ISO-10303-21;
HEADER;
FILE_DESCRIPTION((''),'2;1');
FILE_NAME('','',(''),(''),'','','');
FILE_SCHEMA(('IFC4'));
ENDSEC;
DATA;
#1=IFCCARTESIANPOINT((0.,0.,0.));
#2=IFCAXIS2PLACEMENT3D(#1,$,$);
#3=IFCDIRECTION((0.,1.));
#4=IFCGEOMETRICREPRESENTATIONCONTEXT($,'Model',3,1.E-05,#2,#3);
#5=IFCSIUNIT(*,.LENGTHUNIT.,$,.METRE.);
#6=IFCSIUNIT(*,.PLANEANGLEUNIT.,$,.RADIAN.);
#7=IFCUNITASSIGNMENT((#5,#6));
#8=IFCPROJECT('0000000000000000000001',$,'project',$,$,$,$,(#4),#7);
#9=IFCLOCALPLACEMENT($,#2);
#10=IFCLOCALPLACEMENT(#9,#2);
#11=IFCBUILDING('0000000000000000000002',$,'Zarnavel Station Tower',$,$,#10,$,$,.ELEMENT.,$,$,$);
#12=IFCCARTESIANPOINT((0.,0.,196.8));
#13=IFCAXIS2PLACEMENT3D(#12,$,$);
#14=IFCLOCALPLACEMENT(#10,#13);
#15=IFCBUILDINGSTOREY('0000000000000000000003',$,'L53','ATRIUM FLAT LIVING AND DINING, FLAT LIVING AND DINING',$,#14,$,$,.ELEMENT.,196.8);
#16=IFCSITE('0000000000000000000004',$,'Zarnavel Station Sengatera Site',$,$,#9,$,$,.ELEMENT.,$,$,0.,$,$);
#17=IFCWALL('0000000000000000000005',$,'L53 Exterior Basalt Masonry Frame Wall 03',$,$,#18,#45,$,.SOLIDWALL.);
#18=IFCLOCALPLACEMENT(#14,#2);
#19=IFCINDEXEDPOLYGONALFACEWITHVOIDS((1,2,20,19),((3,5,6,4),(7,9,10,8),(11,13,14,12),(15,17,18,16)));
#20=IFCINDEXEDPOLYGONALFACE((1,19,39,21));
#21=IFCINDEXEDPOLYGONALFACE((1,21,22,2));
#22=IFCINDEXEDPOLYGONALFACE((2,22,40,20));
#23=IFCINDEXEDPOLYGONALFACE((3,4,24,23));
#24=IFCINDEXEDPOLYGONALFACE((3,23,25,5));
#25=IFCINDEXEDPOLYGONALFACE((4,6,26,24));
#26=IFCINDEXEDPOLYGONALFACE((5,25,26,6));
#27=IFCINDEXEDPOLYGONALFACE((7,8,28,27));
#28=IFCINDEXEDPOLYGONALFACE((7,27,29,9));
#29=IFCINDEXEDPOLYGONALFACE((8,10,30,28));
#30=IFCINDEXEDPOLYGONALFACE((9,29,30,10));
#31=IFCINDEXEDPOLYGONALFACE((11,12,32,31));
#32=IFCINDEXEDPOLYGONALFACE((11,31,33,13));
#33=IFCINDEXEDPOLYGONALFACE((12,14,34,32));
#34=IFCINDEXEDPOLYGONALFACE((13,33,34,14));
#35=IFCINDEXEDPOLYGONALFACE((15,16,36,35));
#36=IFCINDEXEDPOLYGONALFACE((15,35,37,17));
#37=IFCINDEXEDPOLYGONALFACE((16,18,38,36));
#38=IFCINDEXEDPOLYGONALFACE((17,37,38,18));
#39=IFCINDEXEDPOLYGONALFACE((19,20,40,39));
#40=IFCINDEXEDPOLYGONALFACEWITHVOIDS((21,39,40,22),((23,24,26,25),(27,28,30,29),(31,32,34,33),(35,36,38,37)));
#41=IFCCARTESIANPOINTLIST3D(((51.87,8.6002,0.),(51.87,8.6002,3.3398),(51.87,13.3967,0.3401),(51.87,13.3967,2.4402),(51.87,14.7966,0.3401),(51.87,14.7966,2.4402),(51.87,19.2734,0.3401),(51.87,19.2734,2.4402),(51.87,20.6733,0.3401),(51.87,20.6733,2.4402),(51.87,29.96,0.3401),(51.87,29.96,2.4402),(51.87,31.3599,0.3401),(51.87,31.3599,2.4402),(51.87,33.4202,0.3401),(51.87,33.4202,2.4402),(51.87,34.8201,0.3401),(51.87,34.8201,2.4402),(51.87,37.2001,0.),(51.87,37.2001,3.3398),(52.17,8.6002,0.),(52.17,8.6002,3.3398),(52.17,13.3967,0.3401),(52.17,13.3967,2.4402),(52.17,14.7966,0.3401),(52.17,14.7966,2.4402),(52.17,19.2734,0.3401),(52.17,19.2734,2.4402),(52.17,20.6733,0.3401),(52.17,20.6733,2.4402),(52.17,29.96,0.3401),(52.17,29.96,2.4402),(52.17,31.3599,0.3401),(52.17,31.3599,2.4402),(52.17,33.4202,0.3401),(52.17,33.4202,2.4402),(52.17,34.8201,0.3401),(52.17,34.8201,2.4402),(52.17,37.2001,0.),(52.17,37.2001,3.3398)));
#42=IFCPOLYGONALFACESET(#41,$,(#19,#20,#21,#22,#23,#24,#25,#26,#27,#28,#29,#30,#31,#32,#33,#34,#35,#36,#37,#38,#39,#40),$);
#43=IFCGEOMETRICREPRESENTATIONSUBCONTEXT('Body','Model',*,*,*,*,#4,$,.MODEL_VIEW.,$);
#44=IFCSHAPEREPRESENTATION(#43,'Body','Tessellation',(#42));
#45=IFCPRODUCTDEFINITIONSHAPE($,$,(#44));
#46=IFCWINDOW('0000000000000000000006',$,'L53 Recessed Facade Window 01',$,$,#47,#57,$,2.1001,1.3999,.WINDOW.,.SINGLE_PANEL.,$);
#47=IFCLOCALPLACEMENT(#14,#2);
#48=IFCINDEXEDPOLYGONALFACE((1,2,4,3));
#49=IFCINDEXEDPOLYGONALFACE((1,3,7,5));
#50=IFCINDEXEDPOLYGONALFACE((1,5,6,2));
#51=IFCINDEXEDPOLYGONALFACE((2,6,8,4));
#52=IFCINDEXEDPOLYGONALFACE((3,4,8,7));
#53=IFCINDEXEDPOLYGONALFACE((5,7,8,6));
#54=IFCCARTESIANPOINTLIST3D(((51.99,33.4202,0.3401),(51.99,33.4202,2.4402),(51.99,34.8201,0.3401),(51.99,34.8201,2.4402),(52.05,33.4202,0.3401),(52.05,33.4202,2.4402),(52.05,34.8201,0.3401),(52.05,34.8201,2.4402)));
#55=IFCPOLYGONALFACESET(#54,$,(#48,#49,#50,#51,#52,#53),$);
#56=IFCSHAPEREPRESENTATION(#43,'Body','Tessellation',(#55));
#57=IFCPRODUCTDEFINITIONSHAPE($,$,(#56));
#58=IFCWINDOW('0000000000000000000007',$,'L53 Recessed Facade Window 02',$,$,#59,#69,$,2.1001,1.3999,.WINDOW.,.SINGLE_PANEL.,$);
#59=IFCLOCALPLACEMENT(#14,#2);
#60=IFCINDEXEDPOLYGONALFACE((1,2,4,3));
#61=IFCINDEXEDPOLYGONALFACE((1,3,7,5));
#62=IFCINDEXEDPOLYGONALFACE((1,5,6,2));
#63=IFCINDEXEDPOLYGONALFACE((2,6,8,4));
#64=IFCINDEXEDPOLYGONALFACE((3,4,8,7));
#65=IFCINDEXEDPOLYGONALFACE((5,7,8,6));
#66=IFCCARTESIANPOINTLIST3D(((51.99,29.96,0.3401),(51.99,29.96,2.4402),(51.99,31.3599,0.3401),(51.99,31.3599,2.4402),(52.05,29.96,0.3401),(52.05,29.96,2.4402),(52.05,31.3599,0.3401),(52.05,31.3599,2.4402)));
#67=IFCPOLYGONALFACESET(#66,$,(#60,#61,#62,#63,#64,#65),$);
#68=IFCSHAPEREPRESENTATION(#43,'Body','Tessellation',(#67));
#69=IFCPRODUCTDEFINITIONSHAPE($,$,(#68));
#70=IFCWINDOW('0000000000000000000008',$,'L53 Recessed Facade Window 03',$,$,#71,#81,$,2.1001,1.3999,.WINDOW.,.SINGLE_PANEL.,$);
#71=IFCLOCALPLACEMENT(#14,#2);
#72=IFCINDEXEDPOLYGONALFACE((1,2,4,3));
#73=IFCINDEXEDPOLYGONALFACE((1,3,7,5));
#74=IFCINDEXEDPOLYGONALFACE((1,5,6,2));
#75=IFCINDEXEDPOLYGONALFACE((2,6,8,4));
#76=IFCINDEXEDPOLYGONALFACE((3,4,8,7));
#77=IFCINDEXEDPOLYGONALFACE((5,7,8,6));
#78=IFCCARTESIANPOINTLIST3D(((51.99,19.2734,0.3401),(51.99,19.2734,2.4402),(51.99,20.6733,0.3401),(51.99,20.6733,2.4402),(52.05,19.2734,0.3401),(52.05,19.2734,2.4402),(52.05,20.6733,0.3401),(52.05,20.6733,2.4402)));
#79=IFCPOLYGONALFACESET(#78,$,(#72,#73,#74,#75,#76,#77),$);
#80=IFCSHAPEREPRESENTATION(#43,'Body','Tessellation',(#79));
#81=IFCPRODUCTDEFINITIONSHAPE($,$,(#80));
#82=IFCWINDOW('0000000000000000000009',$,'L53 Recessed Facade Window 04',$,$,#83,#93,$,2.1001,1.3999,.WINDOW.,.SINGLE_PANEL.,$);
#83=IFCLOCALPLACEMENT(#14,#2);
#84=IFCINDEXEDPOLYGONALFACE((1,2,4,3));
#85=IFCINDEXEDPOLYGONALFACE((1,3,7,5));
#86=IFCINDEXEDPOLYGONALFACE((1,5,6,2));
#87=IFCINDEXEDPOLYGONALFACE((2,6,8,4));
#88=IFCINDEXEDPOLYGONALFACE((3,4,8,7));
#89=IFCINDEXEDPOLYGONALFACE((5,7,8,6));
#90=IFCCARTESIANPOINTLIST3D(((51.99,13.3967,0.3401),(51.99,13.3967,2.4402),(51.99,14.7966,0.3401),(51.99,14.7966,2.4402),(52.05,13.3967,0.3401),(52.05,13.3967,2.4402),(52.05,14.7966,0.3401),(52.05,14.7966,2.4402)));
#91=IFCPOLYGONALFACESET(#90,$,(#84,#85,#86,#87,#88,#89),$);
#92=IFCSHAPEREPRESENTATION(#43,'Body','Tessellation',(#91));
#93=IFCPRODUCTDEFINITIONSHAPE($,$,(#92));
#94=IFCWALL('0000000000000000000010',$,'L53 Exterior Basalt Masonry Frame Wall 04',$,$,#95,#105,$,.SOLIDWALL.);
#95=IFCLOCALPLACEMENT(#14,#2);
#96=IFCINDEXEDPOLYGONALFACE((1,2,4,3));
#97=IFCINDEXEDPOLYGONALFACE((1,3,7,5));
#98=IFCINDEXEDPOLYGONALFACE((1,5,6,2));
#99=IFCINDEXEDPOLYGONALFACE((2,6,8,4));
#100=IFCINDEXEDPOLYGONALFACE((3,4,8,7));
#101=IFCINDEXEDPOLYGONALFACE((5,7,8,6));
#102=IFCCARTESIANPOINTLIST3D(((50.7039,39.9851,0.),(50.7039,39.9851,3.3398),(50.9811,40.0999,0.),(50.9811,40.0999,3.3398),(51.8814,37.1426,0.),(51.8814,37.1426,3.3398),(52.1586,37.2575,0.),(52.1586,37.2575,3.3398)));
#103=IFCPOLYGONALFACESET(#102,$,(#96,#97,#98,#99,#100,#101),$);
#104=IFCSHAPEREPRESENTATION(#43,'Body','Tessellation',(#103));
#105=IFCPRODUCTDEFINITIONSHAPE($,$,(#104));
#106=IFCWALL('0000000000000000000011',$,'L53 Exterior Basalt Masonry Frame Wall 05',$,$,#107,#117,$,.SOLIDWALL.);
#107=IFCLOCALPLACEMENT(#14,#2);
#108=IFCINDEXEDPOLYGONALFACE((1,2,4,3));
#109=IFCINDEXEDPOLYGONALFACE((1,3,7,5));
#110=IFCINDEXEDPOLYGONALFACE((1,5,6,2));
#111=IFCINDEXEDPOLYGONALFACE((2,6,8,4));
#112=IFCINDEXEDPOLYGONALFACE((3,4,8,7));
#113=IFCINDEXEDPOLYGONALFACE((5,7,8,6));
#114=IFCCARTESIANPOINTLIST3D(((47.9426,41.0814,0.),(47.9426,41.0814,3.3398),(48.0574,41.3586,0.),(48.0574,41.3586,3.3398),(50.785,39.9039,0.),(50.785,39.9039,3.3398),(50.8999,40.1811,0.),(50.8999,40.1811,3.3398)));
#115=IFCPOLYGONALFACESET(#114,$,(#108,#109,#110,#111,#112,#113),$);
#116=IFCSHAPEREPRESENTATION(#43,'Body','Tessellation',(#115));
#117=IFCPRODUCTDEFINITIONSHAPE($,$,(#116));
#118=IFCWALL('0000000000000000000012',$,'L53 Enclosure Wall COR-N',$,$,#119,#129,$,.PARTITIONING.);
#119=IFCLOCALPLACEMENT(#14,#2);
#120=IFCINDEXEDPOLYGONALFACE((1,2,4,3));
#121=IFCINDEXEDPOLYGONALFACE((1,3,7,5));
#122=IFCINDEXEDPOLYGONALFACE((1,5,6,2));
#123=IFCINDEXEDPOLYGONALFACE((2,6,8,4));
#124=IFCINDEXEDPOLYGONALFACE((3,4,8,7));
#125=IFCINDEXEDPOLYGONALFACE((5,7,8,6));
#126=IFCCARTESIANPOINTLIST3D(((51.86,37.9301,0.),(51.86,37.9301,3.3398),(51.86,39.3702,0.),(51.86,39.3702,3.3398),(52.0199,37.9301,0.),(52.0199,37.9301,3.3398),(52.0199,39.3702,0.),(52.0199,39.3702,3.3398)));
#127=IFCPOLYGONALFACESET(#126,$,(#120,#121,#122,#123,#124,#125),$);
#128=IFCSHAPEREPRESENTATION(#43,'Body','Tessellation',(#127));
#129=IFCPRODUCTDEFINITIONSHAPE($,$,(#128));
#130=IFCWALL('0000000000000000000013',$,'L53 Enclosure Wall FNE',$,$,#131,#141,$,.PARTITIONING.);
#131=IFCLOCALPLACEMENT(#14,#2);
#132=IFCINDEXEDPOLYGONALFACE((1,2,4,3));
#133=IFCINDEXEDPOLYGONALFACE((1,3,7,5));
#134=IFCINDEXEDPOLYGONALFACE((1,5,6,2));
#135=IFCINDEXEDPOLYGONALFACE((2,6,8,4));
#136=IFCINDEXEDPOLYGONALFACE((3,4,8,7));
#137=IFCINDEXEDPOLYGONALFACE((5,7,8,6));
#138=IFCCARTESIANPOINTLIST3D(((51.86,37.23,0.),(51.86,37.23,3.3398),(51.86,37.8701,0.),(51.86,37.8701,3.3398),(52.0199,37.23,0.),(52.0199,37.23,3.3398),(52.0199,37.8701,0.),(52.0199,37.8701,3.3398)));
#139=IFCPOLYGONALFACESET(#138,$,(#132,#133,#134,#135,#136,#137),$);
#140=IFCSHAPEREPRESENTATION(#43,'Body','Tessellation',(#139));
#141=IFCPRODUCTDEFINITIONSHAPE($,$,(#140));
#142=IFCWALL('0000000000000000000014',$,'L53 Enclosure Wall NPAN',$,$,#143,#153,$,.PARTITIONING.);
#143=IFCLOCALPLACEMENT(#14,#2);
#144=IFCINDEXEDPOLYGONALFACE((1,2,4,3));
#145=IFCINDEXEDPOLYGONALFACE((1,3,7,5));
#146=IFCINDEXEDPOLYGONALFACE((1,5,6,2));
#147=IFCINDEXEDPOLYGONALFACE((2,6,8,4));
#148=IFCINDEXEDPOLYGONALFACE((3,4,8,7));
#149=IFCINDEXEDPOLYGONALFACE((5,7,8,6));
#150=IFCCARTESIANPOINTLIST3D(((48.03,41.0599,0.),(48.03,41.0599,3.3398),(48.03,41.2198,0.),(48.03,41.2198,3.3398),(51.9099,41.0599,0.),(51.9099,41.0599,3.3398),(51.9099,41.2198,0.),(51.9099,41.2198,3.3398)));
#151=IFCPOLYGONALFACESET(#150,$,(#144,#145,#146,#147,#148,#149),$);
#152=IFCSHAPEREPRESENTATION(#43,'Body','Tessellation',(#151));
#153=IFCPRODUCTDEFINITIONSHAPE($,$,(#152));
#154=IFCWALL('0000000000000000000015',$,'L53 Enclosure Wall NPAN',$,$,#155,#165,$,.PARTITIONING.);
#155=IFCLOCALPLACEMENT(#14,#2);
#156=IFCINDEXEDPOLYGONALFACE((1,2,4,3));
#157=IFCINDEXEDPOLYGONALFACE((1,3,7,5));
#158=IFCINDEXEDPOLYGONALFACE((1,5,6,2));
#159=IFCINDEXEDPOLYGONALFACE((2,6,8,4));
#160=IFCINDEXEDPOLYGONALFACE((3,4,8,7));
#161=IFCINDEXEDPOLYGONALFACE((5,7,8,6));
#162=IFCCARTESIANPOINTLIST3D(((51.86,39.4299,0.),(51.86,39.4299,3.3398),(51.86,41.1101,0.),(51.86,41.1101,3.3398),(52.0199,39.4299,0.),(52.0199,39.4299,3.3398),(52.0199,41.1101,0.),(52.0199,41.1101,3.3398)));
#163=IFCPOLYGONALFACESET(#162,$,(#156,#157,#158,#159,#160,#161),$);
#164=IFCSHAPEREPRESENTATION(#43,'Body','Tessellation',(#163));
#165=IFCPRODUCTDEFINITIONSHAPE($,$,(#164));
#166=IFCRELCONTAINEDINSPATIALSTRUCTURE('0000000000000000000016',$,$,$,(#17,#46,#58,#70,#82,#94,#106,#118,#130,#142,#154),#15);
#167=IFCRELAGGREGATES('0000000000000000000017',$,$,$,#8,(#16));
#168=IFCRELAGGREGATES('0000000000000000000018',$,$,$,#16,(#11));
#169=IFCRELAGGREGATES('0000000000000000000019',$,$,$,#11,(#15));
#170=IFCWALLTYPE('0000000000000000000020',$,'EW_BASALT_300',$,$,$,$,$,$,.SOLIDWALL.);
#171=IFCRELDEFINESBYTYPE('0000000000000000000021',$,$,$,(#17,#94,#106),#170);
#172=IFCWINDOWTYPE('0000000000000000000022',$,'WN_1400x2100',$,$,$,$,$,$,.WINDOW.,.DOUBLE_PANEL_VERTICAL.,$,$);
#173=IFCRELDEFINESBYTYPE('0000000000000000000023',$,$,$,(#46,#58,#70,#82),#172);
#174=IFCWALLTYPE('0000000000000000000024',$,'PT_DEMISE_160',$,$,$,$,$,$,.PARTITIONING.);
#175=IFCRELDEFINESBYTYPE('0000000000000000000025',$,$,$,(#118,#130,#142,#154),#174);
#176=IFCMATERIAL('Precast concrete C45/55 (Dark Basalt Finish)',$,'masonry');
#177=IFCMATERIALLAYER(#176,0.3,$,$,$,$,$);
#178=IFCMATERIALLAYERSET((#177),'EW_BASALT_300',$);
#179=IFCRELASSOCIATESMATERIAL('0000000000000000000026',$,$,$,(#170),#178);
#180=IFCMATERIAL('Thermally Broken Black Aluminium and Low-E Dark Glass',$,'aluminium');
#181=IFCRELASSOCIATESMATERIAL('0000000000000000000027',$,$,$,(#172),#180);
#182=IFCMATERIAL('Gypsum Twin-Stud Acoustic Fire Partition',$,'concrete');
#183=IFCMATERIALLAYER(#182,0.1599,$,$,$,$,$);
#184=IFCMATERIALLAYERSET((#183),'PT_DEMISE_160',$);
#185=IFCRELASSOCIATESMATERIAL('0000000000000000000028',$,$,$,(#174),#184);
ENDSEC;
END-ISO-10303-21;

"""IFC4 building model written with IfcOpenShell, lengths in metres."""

from ifc_helpers import new_model, si_unit, direction, frame, frame_2d, origin, place, context, subcontext, project, spatial, rectangle, extrude, material, layer, layer_set, type_object, element, fill, save


model = new_model("IFC4")

# Units and contexts
model_context = context("Model", 3, precision=1e-05, world=origin(), true_north=direction((0.0, 1.0)))
body_context = subcontext(model_context, "Body", "Model", "MODEL_VIEW")
ifc_project = project(units=[si_unit("LENGTHUNIT", "METRE"), si_unit("PLANEANGLEUNIT", "RADIAN")], contexts=[model_context])

# Site, building, storey
site_placement = place(None, origin())
site = spatial("IfcSite", under=ifc_project, at=site_placement, Name="Zarnavel Station Sengatera Site", CompositionType="ELEMENT", RefElevation=0.0)
building_placement = place(site_placement, origin())
building = spatial("IfcBuilding", under=site, at=building_placement, Name="Zarnavel Station Tower", CompositionType="ELEMENT")
storey_placement = place(building_placement, frame((0.0, 0.0, 196.8)))
storey = spatial("IfcBuildingStorey", under=building, at=storey_placement, Name="L53", Description="ATRIUM FLAT LIVING AND DINING, FLAT LIVING AND DINING", CompositionType="ELEMENT", Elevation=196.8)

# Wall, openings, windows
ifc_material_1 = material(Name="Precast concrete C45/55 (Dark Basalt Finish)", Category="masonry")
ifc_layer_1 = layer(ifc_material_1, 0.3)
ifc_layer_set_1 = layer_set([ifc_layer_1], Name="EW_BASALT_300")
wall_type_1 = type_object("IfcWallType", Name="EW_BASALT_300", PredefinedType="SOLIDWALL", material=ifc_layer_set_1)
wall_1_placement = place(storey_placement, frame((52.02, 37.2, 0.0), z_axis=(0.0, 0.0, 1.0), x_axis=(0.0, -1.0, 0.0)))
wall_1 = element("IfcWall", 1, at=wall_1_placement, inside=storey, type_object=wall_type_1, Name="L53 Exterior Basalt Masonry Frame Wall 03", PredefinedType="SOLIDWALL", context=body_context, shape_type="SweptSolid", body=[
    extrude(rectangle(XDim=28.5999, YDim=0.3, at=frame_2d((14.2998, 0.0))), origin(), (0.0, 0.0, 1.0), 3.3398),
])
opening_1_placement = place(wall_1_placement, frame((2.3799, 0.0, 0.3401)))
opening_1 = element("IfcOpeningElement", 2, at=opening_1_placement, cuts=wall_1, PredefinedType="OPENING", context=body_context, shape_type="SweptSolid", body=[
    extrude(rectangle(XDim=1.3999, YDim=2.1001, at=frame_2d((0.7, 1.05))), frame((0.0, 0.1599, 0.0), z_axis=(0.0, -1.0, 0.0), x_axis=(1.0, 0.0, 0.0)), (0.0, 0.0, 1.0), 0.3201),
])
opening_2_placement = place(wall_1_placement, frame((5.8401, 0.0, 0.3401)))
opening_2 = element("IfcOpeningElement", 3, at=opening_2_placement, cuts=wall_1, PredefinedType="OPENING", context=body_context, shape_type="SweptSolid", body=[
    extrude(rectangle(XDim=1.3999, YDim=2.1001, at=frame_2d((0.7, 1.05))), frame((0.0, 0.1599, 0.0), z_axis=(0.0, -1.0, 0.0), x_axis=(1.0, 0.0, 0.0)), (0.0, 0.0, 1.0), 0.3201),
])
opening_3_placement = place(wall_1_placement, frame((16.5266, 0.0, 0.3401)))
opening_3 = element("IfcOpeningElement", 4, at=opening_3_placement, cuts=wall_1, PredefinedType="OPENING", context=body_context, shape_type="SweptSolid", body=[
    extrude(rectangle(XDim=1.3999, YDim=2.1001, at=frame_2d((0.7, 1.05))), frame((0.0, 0.1599, 0.0), z_axis=(0.0, -1.0, 0.0), x_axis=(1.0, 0.0, 0.0)), (0.0, 0.0, 1.0), 0.3201),
])
opening_4_placement = place(wall_1_placement, frame((22.4033, 0.0, 0.3401)))
opening_4 = element("IfcOpeningElement", 5, at=opening_4_placement, cuts=wall_1, PredefinedType="OPENING", context=body_context, shape_type="SweptSolid", body=[
    extrude(rectangle(XDim=1.3999, YDim=2.1001, at=frame_2d((0.7, 1.05))), frame((0.0, 0.1599, 0.0), z_axis=(0.0, -1.0, 0.0), x_axis=(1.0, 0.0, 0.0)), (0.0, 0.0, 1.0), 0.3201),
])
ifc_material_2 = material(Name="Thermally Broken Black Aluminium and Low-E Dark Glass", Category="aluminium")
window_type = type_object("IfcWindowType", Name="WN_1400x2100", PartitioningType="DOUBLE_PANEL_VERTICAL", PredefinedType="WINDOW", material=ifc_material_2)
window_1_placement = place(opening_1_placement, origin())
window_1 = element("IfcWindow", 6, at=window_1_placement, inside=storey, type_object=window_type, Name="L53 Recessed Facade Window 01", OverallHeight=2.1001, OverallWidth=1.3999, PartitioningType="SINGLE_PANEL", PredefinedType="WINDOW", context=body_context, shape_type="SweptSolid", body=[
    extrude(rectangle(XDim=1.3999, YDim=2.1001, at=frame_2d((0.7, 1.05))), frame((0.0, 0.03, 0.0), z_axis=(0.0, -1.0, 0.0), x_axis=(1.0, 0.0, 0.0)), (0.0, 0.0, 1.0), 0.0601),
])
fill(opening_1, window_1)
window_2_placement = place(opening_2_placement, origin())
window_2 = element("IfcWindow", 7, at=window_2_placement, inside=storey, type_object=window_type, Name="L53 Recessed Facade Window 02", OverallHeight=2.1001, OverallWidth=1.3999, PartitioningType="SINGLE_PANEL", PredefinedType="WINDOW", context=body_context, shape_type="SweptSolid", body=[
    extrude(rectangle(XDim=1.3999, YDim=2.1001, at=frame_2d((0.7, 1.05))), frame((0.0, 0.03, 0.0), z_axis=(0.0, -1.0, 0.0), x_axis=(1.0, 0.0, 0.0)), (0.0, 0.0, 1.0), 0.0601),
])
fill(opening_2, window_2)
window_3_placement = place(opening_3_placement, origin())
window_3 = element("IfcWindow", 8, at=window_3_placement, inside=storey, type_object=window_type, Name="L53 Recessed Facade Window 03", OverallHeight=2.1001, OverallWidth=1.3999, PartitioningType="SINGLE_PANEL", PredefinedType="WINDOW", context=body_context, shape_type="SweptSolid", body=[
    extrude(rectangle(XDim=1.3999, YDim=2.1001, at=frame_2d((0.7, 1.05))), frame((0.0, 0.03, 0.0), z_axis=(0.0, -1.0, 0.0), x_axis=(1.0, 0.0, 0.0)), (0.0, 0.0, 1.0), 0.0601),
])
fill(opening_3, window_3)
window_4_placement = place(opening_4_placement, origin())
window_4 = element("IfcWindow", 9, at=window_4_placement, inside=storey, type_object=window_type, Name="L53 Recessed Facade Window 04", OverallHeight=2.1001, OverallWidth=1.3999, PartitioningType="SINGLE_PANEL", PredefinedType="WINDOW", context=body_context, shape_type="SweptSolid", body=[
    extrude(rectangle(XDim=1.3999, YDim=2.1001, at=frame_2d((0.7, 1.05))), frame((0.0, 0.03, 0.0), z_axis=(0.0, -1.0, 0.0), x_axis=(1.0, 0.0, 0.0)), (0.0, 0.0, 1.0), 0.0601),
])
fill(opening_4, window_4)

# Walls
for number, where, z_axis, x_axis, name in (
    (10, (50.8425, 40.0425, 0.0), (0.0, 0.0, 1.0), (0.382705, -0.923871, 0.0), "L53 Exterior Basalt Masonry Frame Wall 04"),
    (11, (48.0, 41.22, 0.0), (0.0, 0.0, 1.0), (0.923871, -0.382705, 0.0), "L53 Exterior Basalt Masonry Frame Wall 05"),
):
    element("IfcWall", number, at=place(storey_placement, frame(where, z_axis=z_axis, x_axis=x_axis)), inside=storey, type_object=wall_type_1, Name=name, PredefinedType="SOLIDWALL", context=body_context, shape_type="SweptSolid", body=[
        extrude(rectangle(XDim=3.0767, YDim=0.3, at=frame_2d((1.5383, 0.0))), origin(), (0.0, 0.0, 1.0), 3.3398),
    ])
ifc_material_3 = material(Name="Gypsum Twin-Stud Acoustic Fire Partition", Category="concrete")
ifc_layer_2 = layer(ifc_material_3, 0.1599)
ifc_layer_set_2 = layer_set([ifc_layer_2], Name="PT_DEMISE_160")
wall_type_2 = type_object("IfcWallType", Name="PT_DEMISE_160", PredefinedType="PARTITIONING", material=ifc_layer_set_2)
wall_2_placement = place(storey_placement, frame((51.9399, 37.9299, 0.0), z_axis=(0.0, 0.0, 1.0), x_axis=(0.0, 1.0, 0.0)))
element("IfcWall", 12, at=wall_2_placement, inside=storey, type_object=wall_type_2, Name="L53 Enclosure Wall COR-N", PredefinedType="PARTITIONING", context=body_context, shape_type="SweptSolid", body=[
    extrude(rectangle(XDim=1.4402, YDim=0.1599, at=frame_2d((0.7202, 0.0))), origin(), (0.0, 0.0, 1.0), 3.3398),
])
wall_3_placement = place(storey_placement, frame((51.9399, 37.23, 0.0), z_axis=(0.0, 0.0, 1.0), x_axis=(0.0, 1.0, 0.0)))
element("IfcWall", 13, at=wall_3_placement, inside=storey, type_object=wall_type_2, Name="L53 Enclosure Wall FNE", PredefinedType="PARTITIONING", context=body_context, shape_type="SweptSolid", body=[
    extrude(rectangle(XDim=0.6401, YDim=0.1599, at=frame_2d((0.3201, 0.0))), origin(), (0.0, 0.0, 1.0), 3.3398),
])
wall_4_placement = place(storey_placement, frame((48.03, 41.1399, 0.0), z_axis=(0.0, 0.0, 1.0), x_axis=(1.0, 0.0, 0.0)))
element("IfcWall", 14, at=wall_4_placement, inside=storey, type_object=wall_type_2, Name="L53 Enclosure Wall NPAN", PredefinedType="PARTITIONING", context=body_context, shape_type="SweptSolid", body=[
    extrude(rectangle(XDim=3.8799, YDim=0.1599, at=frame_2d((1.9399, 0.0))), origin(), (0.0, 0.0, 1.0), 3.3398),
])
wall_5_placement = place(storey_placement, frame((51.9399, 39.4299, 0.0), z_axis=(0.0, 0.0, 1.0), x_axis=(0.0, 1.0, 0.0)))
element("IfcWall", 15, at=wall_5_placement, inside=storey, type_object=wall_type_2, Name="L53 Enclosure Wall NPAN", PredefinedType="PARTITIONING", context=body_context, shape_type="SweptSolid", body=[
    extrude(rectangle(XDim=1.6802, YDim=0.1599, at=frame_2d((0.8401, 0.0))), origin(), (0.0, 0.0, 1.0), 3.3398),
])

save(model, "model.ifc")
